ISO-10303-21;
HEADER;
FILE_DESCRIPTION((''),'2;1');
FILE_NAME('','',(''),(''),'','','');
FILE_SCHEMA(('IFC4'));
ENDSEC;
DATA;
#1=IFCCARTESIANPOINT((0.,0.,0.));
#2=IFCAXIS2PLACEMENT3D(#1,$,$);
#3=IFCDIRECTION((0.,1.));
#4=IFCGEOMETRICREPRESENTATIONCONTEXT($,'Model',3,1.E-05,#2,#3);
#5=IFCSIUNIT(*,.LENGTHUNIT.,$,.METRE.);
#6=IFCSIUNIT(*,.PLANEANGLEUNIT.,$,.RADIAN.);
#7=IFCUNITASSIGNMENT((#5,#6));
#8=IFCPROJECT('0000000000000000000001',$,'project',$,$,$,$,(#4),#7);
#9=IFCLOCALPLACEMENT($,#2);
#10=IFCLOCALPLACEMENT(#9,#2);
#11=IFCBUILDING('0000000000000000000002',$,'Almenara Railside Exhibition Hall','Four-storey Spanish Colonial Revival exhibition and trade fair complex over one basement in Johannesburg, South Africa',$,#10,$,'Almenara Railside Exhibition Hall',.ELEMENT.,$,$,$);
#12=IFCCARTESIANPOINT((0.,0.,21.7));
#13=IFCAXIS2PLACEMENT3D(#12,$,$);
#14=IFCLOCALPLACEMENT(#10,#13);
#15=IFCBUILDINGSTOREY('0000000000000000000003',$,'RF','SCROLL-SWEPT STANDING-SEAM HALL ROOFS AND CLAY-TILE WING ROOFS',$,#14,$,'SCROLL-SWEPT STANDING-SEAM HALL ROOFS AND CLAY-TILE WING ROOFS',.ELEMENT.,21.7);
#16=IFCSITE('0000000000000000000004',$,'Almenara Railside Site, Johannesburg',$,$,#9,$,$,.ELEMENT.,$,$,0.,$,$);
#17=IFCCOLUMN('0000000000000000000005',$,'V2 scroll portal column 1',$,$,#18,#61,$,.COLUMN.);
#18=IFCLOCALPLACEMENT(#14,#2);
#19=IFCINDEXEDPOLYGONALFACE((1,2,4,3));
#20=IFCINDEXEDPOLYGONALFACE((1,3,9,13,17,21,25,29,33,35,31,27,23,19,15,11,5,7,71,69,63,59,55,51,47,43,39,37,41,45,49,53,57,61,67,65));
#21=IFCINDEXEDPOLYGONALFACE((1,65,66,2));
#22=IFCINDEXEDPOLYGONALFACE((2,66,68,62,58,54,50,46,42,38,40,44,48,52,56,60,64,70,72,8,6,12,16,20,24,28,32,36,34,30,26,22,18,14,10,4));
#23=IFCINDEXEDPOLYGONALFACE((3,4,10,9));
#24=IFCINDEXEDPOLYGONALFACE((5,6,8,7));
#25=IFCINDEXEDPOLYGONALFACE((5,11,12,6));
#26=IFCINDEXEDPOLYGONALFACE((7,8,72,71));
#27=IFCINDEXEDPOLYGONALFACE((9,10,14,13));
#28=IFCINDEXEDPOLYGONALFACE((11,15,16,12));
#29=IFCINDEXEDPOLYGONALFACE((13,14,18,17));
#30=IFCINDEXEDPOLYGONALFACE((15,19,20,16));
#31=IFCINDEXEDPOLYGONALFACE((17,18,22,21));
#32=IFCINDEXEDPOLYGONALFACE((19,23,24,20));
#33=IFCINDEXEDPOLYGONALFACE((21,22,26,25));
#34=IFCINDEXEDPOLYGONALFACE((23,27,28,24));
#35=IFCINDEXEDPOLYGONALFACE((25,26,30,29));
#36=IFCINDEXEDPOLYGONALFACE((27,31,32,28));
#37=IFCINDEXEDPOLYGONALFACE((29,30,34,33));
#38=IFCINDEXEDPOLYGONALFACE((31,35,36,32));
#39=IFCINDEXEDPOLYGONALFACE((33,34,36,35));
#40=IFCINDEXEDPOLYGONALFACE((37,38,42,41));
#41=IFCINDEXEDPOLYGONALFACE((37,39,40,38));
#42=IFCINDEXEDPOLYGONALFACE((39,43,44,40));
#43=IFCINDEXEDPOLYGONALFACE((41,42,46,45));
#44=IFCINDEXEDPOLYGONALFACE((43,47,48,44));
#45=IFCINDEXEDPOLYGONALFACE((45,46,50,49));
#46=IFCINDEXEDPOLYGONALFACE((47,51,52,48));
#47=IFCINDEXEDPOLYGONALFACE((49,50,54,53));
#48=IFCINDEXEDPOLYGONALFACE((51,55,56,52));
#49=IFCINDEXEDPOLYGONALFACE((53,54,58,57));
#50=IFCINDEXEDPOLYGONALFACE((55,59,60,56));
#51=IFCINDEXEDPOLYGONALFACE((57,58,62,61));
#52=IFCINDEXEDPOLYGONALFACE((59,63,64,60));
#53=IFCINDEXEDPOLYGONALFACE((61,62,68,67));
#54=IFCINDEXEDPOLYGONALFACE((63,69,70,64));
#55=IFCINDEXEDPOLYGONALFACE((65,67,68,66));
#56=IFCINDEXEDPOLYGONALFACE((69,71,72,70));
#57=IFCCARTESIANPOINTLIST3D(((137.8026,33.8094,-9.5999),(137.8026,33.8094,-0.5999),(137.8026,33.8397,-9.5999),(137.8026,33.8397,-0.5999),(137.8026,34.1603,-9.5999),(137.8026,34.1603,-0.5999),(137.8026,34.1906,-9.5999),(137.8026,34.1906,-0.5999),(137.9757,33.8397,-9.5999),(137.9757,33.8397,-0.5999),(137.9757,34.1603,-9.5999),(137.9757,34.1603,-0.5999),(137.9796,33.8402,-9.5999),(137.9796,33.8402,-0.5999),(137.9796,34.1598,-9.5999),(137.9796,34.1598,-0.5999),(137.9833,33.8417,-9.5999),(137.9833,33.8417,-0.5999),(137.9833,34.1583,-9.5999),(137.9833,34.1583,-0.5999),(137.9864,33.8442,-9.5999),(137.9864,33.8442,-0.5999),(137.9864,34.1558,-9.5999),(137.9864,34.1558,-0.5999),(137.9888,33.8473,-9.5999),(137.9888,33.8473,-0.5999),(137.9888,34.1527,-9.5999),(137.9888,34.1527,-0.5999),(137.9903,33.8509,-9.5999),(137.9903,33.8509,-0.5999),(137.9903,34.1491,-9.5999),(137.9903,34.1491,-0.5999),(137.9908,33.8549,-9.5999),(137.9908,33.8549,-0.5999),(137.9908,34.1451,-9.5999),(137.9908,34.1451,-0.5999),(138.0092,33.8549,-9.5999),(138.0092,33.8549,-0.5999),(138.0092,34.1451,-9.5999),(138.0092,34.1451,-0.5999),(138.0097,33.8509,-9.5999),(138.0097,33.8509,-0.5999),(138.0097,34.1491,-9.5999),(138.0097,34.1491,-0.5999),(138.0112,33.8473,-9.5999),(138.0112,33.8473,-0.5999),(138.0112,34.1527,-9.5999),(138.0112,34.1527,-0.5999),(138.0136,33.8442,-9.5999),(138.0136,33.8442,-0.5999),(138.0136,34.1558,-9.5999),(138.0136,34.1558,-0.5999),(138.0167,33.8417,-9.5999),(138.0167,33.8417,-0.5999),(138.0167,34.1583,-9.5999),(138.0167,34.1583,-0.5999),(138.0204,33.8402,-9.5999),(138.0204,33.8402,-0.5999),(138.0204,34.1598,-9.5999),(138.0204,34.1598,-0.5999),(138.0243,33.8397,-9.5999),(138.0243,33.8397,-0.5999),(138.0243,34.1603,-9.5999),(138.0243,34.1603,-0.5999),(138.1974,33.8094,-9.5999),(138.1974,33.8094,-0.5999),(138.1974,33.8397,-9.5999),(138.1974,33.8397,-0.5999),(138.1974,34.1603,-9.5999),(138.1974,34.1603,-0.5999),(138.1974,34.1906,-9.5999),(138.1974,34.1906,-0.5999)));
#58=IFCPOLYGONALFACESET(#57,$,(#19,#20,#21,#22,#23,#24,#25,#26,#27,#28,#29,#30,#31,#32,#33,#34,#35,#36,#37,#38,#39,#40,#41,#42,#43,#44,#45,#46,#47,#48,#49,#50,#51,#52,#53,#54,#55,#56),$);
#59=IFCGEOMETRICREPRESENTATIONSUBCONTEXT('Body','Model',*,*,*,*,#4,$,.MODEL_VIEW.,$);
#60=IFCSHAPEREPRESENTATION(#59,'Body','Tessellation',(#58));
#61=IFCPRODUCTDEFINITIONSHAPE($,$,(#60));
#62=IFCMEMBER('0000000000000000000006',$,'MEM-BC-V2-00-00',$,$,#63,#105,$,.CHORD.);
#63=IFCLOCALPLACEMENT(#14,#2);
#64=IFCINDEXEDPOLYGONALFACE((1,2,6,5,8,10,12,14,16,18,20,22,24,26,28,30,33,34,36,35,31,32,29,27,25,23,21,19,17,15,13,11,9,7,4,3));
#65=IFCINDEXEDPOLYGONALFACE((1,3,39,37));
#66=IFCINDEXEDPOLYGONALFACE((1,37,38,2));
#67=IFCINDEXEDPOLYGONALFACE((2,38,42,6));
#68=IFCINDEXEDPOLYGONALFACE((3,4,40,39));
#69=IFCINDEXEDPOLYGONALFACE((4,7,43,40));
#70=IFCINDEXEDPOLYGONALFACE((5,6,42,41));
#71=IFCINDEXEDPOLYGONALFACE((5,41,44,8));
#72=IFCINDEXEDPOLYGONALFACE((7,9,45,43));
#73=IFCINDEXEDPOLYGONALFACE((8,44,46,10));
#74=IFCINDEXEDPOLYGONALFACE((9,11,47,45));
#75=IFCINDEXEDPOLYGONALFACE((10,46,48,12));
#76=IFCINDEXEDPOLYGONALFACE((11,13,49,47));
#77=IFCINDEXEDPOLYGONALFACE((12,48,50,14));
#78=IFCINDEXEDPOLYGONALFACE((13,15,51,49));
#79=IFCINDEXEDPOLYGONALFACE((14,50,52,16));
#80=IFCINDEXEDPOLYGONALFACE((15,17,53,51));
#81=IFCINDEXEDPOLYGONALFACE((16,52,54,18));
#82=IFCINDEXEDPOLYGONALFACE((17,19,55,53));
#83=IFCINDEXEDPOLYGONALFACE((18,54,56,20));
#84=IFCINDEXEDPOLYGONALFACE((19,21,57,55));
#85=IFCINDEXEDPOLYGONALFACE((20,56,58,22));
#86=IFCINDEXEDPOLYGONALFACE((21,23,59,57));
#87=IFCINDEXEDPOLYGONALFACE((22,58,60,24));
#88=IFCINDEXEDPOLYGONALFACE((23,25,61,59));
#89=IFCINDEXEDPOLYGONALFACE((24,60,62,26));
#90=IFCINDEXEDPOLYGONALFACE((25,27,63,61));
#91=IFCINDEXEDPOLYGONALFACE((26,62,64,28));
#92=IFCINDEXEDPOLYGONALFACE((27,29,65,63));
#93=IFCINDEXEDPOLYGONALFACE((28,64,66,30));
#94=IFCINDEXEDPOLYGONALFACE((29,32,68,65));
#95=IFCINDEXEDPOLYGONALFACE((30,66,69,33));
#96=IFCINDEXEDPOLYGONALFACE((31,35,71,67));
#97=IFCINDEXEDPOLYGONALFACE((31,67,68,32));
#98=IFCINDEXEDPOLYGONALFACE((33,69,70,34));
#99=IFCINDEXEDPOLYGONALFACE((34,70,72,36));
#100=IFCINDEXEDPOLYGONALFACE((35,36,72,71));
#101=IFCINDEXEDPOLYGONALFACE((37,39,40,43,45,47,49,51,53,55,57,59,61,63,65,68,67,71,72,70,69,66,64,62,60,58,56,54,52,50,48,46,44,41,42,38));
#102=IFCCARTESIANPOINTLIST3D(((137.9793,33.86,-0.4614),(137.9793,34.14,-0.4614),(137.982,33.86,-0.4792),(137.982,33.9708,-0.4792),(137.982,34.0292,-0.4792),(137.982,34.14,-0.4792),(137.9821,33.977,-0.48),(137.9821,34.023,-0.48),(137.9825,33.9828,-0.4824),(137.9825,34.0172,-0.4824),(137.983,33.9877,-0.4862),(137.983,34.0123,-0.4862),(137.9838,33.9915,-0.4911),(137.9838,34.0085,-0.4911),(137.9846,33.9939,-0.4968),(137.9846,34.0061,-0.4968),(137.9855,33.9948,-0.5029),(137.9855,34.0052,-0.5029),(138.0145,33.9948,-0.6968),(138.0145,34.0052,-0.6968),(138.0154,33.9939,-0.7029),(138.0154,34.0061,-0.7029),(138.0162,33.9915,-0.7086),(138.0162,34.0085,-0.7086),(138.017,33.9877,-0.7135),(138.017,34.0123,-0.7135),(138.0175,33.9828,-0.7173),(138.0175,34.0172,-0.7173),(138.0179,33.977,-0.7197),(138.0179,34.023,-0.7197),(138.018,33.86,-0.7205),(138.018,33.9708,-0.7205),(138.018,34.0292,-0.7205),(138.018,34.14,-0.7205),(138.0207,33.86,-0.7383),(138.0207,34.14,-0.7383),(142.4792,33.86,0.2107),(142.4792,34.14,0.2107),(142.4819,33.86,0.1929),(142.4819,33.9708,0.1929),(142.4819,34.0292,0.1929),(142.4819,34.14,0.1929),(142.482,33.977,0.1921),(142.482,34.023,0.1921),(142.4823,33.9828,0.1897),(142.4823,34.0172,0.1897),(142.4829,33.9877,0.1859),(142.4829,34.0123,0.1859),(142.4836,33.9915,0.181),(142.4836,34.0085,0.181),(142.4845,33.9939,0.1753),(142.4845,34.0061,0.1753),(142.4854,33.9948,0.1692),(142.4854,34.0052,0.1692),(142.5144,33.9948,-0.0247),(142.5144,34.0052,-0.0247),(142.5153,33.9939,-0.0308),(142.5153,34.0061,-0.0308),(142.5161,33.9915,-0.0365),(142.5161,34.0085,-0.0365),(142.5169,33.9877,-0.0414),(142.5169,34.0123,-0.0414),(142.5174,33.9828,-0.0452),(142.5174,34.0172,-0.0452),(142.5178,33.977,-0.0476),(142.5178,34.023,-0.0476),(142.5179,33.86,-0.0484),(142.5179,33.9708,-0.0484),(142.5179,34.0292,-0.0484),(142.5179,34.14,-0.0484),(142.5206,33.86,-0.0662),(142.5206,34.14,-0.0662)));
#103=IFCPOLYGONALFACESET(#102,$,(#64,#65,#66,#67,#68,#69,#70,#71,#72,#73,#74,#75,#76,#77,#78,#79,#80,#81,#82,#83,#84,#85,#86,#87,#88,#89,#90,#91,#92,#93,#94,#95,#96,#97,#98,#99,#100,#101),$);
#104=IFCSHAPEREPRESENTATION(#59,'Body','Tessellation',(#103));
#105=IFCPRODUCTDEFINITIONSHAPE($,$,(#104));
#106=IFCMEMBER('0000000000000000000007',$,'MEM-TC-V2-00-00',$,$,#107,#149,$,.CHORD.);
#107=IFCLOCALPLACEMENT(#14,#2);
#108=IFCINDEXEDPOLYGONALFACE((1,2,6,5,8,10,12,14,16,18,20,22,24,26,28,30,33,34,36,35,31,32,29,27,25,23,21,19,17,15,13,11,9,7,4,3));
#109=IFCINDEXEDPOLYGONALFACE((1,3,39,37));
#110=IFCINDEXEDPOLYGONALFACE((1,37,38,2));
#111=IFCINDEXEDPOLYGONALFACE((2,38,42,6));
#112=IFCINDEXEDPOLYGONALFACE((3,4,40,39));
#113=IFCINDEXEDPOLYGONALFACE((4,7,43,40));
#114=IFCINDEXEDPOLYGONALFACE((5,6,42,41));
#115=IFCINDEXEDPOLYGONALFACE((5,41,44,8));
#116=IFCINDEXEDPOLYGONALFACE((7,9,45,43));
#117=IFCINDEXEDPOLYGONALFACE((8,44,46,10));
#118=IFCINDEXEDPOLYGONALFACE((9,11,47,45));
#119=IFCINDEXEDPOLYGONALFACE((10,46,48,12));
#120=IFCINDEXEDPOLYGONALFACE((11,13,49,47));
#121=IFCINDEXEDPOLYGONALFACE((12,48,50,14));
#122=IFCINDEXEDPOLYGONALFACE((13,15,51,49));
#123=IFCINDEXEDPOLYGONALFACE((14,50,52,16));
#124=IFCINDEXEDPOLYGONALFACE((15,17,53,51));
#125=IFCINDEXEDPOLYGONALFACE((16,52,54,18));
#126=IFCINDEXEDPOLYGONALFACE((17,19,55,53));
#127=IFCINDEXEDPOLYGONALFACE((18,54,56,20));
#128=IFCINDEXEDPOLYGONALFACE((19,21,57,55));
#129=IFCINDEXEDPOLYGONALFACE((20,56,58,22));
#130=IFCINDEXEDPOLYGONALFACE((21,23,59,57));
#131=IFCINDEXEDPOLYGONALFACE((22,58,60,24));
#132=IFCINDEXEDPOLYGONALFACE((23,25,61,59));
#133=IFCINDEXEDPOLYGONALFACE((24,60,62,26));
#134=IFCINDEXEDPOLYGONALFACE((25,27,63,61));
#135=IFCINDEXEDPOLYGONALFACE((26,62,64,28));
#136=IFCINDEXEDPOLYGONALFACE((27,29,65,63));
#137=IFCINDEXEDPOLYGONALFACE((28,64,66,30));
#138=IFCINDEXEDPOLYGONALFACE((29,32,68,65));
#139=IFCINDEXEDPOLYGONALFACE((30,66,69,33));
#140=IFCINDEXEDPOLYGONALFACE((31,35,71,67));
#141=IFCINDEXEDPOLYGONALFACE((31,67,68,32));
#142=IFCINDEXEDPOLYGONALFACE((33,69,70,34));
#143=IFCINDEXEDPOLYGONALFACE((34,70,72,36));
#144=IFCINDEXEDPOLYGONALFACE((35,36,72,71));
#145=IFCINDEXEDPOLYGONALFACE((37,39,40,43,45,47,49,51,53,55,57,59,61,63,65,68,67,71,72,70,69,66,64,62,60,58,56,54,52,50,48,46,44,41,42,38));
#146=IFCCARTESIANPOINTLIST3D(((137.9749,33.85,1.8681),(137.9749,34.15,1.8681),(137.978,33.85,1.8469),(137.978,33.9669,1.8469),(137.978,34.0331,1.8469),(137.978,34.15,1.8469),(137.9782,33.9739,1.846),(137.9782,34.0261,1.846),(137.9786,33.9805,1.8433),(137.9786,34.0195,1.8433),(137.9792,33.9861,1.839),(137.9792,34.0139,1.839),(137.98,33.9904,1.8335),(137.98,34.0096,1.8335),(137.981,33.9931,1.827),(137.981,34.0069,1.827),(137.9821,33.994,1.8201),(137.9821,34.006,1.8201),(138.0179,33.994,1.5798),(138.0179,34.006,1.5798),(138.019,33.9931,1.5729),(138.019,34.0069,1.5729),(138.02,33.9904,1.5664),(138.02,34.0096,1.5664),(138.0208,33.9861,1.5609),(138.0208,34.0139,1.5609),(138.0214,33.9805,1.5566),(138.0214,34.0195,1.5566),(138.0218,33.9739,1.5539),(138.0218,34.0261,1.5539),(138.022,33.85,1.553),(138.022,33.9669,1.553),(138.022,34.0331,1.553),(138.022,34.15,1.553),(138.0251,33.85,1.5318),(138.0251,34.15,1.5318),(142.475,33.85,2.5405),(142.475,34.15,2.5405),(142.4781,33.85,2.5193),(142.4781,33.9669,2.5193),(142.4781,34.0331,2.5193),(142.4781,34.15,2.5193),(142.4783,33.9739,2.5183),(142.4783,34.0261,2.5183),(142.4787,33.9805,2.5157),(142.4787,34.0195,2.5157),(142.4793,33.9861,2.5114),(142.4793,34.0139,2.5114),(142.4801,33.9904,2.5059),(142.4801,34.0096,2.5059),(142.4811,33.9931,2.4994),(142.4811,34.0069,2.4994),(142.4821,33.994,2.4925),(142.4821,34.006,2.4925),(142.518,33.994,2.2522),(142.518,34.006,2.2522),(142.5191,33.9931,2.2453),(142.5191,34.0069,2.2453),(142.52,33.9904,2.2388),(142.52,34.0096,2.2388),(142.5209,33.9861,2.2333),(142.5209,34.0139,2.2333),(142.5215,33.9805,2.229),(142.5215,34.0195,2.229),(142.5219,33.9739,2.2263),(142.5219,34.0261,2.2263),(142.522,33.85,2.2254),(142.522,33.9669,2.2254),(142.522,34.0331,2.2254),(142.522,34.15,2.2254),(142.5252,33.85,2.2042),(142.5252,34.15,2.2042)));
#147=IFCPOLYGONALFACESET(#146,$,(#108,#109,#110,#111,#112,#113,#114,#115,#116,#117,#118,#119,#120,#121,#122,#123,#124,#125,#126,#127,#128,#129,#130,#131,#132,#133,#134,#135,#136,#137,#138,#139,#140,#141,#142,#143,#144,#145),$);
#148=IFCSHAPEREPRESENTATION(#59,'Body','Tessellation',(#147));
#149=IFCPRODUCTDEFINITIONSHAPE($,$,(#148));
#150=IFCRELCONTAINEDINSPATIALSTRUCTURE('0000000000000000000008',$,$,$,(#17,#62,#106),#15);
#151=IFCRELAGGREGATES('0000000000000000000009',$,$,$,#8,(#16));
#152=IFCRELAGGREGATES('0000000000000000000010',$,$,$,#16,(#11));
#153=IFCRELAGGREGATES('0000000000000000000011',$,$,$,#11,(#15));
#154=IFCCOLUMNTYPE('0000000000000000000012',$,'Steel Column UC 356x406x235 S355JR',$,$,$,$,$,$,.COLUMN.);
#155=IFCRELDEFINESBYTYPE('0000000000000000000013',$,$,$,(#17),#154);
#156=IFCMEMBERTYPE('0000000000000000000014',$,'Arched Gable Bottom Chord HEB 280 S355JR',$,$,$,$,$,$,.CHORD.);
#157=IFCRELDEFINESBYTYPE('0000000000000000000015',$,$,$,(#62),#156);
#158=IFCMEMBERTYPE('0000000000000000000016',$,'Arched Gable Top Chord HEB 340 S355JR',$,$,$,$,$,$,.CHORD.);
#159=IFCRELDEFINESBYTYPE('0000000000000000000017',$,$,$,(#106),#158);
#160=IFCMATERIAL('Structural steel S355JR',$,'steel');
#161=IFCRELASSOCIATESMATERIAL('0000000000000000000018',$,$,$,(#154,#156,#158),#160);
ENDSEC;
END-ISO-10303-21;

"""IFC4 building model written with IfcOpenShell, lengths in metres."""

from ifc_helpers import new_model, si_unit, direction, frame, origin, origin_2d, place, context, subcontext, project, spatial, i_section, extrude, material, material_profile, profile_set, type_object, element, save


model = new_model("IFC4")

# Units and contexts
model_context = context("Model", 3, precision=1e-05, world=origin(), true_north=direction((0.0, 1.0)))
body_context = subcontext(model_context, "Body", "Model", "MODEL_VIEW")
ifc_project = project(units=[si_unit("LENGTHUNIT", "METRE"), si_unit("PLANEANGLEUNIT", "RADIAN")], contexts=[model_context])

# Site, building, storey
site_placement = place(None, origin())
site = spatial("IfcSite", under=ifc_project, at=site_placement, Name="Almenara Railside Site, Johannesburg", CompositionType="ELEMENT", RefElevation=0.0)
building_placement = place(site_placement, origin())
building = spatial("IfcBuilding", under=site, at=building_placement, Name="Almenara Railside Exhibition Hall", Description="Four-storey Spanish Colonial Revival exhibition and trade fair complex over one basement in Johannesburg, South Africa", LongName="Almenara Railside Exhibition Hall", CompositionType="ELEMENT")
storey_placement = place(building_placement, frame((0.0, 0.0, 21.7)))
storey = spatial("IfcBuildingStorey", under=building, at=storey_placement, Name="RF", Description="SCROLL-SWEPT STANDING-SEAM HALL ROOFS AND CLAY-TILE WING ROOFS", LongName="SCROLL-SWEPT STANDING-SEAM HALL ROOFS AND CLAY-TILE WING ROOFS", CompositionType="ELEMENT", Elevation=21.7)

# Column
ifc_material_1 = material(Name="Structural steel S355JR", Category="steel")
ifc_material_profile_1 = material_profile(ifc_material_1, i_section(OverallWidth=0.3948, OverallDepth=0.3811, WebThickness=0.0183, FlangeThickness=0.0303, FilletRadius=0.0151, at=origin_2d()), Name="UC 356x406x235")
ifc_profile_set_1 = profile_set([ifc_material_profile_1], Name="Structural steel S355JR")
column_type = type_object("IfcColumnType", Name="Steel Column UC 356x406x235 S355JR", PredefinedType="COLUMN", material=ifc_profile_set_1)
column_placement = place(storey_placement, frame((138.0, 34.0, -9.5999), z_axis=(0.0, 0.0, 1.0), x_axis=(1.0, 0.0, 0.0)))
element("IfcColumn", 1, at=column_placement, inside=storey, type_object=column_type, Name="V2 scroll portal column 1", PredefinedType="COLUMN", context=body_context, shape_type="SweptSolid", body=[
    extrude(i_section(OverallWidth=0.3948, OverallDepth=0.3811, WebThickness=0.0183, FlangeThickness=0.0303, FilletRadius=0.0151, at=origin_2d()), origin(), (0.0, 0.0, 1.0), 9.0),
])

# Members
ifc_material_profile_2 = material_profile(ifc_material_1, i_section(OverallWidth=0.28, OverallDepth=0.28, WebThickness=0.0105, FlangeThickness=0.0181, FilletRadius=0.0239, at=origin_2d()), Name="HEB 280")
ifc_profile_set_2 = profile_set([ifc_material_profile_2], Name="Structural steel S355JR")
member_type_1 = type_object("IfcMemberType", Name="Arched Gable Bottom Chord HEB 280 S355JR", PredefinedType="CHORD", material=ifc_profile_set_2)
member_1_placement = place(storey_placement, frame((138.0, 34.0, -0.5999), z_axis=(0.989029, 0.0, 0.147721), x_axis=(0.0, 1.0, 0.0)))
element("IfcMember", 2, at=member_1_placement, inside=storey, type_object=member_type_1, Name="MEM-BC-V2-00-00", PredefinedType="CHORD", context=body_context, shape_type="SweptSolid", body=[
    extrude(i_section(OverallWidth=0.28, OverallDepth=0.28, WebThickness=0.0105, FlangeThickness=0.0181, FilletRadius=0.0239, at=origin_2d()), origin(), (0.0, 0.0, 1.0), 4.5498),
])
ifc_material_profile_3 = material_profile(ifc_material_1, i_section(OverallWidth=0.3, OverallDepth=0.3401, WebThickness=0.012, FlangeThickness=0.0215, FilletRadius=0.0271, at=origin_2d()), Name="HEB 340")
ifc_profile_set_3 = profile_set([ifc_material_profile_3], Name="Structural steel S355JR")
member_type_2 = type_object("IfcMemberType", Name="Arched Gable Top Chord HEB 340 S355JR", PredefinedType="CHORD", material=ifc_profile_set_3)
member_2_placement = place(storey_placement, frame((138.0, 34.0, 1.7), z_axis=(0.989021, 0.0, 0.147774), x_axis=(0.0, 1.0, 0.0)))
element("IfcMember", 3, at=member_2_placement, inside=storey, type_object=member_type_2, Name="MEM-TC-V2-00-00", PredefinedType="CHORD", context=body_context, shape_type="SweptSolid", body=[
    extrude(i_section(OverallWidth=0.3, OverallDepth=0.3401, WebThickness=0.012, FlangeThickness=0.0215, FilletRadius=0.0271, at=origin_2d()), origin(), (0.0, 0.0, 1.0), 4.55),
])

save(model, "model.ifc")
